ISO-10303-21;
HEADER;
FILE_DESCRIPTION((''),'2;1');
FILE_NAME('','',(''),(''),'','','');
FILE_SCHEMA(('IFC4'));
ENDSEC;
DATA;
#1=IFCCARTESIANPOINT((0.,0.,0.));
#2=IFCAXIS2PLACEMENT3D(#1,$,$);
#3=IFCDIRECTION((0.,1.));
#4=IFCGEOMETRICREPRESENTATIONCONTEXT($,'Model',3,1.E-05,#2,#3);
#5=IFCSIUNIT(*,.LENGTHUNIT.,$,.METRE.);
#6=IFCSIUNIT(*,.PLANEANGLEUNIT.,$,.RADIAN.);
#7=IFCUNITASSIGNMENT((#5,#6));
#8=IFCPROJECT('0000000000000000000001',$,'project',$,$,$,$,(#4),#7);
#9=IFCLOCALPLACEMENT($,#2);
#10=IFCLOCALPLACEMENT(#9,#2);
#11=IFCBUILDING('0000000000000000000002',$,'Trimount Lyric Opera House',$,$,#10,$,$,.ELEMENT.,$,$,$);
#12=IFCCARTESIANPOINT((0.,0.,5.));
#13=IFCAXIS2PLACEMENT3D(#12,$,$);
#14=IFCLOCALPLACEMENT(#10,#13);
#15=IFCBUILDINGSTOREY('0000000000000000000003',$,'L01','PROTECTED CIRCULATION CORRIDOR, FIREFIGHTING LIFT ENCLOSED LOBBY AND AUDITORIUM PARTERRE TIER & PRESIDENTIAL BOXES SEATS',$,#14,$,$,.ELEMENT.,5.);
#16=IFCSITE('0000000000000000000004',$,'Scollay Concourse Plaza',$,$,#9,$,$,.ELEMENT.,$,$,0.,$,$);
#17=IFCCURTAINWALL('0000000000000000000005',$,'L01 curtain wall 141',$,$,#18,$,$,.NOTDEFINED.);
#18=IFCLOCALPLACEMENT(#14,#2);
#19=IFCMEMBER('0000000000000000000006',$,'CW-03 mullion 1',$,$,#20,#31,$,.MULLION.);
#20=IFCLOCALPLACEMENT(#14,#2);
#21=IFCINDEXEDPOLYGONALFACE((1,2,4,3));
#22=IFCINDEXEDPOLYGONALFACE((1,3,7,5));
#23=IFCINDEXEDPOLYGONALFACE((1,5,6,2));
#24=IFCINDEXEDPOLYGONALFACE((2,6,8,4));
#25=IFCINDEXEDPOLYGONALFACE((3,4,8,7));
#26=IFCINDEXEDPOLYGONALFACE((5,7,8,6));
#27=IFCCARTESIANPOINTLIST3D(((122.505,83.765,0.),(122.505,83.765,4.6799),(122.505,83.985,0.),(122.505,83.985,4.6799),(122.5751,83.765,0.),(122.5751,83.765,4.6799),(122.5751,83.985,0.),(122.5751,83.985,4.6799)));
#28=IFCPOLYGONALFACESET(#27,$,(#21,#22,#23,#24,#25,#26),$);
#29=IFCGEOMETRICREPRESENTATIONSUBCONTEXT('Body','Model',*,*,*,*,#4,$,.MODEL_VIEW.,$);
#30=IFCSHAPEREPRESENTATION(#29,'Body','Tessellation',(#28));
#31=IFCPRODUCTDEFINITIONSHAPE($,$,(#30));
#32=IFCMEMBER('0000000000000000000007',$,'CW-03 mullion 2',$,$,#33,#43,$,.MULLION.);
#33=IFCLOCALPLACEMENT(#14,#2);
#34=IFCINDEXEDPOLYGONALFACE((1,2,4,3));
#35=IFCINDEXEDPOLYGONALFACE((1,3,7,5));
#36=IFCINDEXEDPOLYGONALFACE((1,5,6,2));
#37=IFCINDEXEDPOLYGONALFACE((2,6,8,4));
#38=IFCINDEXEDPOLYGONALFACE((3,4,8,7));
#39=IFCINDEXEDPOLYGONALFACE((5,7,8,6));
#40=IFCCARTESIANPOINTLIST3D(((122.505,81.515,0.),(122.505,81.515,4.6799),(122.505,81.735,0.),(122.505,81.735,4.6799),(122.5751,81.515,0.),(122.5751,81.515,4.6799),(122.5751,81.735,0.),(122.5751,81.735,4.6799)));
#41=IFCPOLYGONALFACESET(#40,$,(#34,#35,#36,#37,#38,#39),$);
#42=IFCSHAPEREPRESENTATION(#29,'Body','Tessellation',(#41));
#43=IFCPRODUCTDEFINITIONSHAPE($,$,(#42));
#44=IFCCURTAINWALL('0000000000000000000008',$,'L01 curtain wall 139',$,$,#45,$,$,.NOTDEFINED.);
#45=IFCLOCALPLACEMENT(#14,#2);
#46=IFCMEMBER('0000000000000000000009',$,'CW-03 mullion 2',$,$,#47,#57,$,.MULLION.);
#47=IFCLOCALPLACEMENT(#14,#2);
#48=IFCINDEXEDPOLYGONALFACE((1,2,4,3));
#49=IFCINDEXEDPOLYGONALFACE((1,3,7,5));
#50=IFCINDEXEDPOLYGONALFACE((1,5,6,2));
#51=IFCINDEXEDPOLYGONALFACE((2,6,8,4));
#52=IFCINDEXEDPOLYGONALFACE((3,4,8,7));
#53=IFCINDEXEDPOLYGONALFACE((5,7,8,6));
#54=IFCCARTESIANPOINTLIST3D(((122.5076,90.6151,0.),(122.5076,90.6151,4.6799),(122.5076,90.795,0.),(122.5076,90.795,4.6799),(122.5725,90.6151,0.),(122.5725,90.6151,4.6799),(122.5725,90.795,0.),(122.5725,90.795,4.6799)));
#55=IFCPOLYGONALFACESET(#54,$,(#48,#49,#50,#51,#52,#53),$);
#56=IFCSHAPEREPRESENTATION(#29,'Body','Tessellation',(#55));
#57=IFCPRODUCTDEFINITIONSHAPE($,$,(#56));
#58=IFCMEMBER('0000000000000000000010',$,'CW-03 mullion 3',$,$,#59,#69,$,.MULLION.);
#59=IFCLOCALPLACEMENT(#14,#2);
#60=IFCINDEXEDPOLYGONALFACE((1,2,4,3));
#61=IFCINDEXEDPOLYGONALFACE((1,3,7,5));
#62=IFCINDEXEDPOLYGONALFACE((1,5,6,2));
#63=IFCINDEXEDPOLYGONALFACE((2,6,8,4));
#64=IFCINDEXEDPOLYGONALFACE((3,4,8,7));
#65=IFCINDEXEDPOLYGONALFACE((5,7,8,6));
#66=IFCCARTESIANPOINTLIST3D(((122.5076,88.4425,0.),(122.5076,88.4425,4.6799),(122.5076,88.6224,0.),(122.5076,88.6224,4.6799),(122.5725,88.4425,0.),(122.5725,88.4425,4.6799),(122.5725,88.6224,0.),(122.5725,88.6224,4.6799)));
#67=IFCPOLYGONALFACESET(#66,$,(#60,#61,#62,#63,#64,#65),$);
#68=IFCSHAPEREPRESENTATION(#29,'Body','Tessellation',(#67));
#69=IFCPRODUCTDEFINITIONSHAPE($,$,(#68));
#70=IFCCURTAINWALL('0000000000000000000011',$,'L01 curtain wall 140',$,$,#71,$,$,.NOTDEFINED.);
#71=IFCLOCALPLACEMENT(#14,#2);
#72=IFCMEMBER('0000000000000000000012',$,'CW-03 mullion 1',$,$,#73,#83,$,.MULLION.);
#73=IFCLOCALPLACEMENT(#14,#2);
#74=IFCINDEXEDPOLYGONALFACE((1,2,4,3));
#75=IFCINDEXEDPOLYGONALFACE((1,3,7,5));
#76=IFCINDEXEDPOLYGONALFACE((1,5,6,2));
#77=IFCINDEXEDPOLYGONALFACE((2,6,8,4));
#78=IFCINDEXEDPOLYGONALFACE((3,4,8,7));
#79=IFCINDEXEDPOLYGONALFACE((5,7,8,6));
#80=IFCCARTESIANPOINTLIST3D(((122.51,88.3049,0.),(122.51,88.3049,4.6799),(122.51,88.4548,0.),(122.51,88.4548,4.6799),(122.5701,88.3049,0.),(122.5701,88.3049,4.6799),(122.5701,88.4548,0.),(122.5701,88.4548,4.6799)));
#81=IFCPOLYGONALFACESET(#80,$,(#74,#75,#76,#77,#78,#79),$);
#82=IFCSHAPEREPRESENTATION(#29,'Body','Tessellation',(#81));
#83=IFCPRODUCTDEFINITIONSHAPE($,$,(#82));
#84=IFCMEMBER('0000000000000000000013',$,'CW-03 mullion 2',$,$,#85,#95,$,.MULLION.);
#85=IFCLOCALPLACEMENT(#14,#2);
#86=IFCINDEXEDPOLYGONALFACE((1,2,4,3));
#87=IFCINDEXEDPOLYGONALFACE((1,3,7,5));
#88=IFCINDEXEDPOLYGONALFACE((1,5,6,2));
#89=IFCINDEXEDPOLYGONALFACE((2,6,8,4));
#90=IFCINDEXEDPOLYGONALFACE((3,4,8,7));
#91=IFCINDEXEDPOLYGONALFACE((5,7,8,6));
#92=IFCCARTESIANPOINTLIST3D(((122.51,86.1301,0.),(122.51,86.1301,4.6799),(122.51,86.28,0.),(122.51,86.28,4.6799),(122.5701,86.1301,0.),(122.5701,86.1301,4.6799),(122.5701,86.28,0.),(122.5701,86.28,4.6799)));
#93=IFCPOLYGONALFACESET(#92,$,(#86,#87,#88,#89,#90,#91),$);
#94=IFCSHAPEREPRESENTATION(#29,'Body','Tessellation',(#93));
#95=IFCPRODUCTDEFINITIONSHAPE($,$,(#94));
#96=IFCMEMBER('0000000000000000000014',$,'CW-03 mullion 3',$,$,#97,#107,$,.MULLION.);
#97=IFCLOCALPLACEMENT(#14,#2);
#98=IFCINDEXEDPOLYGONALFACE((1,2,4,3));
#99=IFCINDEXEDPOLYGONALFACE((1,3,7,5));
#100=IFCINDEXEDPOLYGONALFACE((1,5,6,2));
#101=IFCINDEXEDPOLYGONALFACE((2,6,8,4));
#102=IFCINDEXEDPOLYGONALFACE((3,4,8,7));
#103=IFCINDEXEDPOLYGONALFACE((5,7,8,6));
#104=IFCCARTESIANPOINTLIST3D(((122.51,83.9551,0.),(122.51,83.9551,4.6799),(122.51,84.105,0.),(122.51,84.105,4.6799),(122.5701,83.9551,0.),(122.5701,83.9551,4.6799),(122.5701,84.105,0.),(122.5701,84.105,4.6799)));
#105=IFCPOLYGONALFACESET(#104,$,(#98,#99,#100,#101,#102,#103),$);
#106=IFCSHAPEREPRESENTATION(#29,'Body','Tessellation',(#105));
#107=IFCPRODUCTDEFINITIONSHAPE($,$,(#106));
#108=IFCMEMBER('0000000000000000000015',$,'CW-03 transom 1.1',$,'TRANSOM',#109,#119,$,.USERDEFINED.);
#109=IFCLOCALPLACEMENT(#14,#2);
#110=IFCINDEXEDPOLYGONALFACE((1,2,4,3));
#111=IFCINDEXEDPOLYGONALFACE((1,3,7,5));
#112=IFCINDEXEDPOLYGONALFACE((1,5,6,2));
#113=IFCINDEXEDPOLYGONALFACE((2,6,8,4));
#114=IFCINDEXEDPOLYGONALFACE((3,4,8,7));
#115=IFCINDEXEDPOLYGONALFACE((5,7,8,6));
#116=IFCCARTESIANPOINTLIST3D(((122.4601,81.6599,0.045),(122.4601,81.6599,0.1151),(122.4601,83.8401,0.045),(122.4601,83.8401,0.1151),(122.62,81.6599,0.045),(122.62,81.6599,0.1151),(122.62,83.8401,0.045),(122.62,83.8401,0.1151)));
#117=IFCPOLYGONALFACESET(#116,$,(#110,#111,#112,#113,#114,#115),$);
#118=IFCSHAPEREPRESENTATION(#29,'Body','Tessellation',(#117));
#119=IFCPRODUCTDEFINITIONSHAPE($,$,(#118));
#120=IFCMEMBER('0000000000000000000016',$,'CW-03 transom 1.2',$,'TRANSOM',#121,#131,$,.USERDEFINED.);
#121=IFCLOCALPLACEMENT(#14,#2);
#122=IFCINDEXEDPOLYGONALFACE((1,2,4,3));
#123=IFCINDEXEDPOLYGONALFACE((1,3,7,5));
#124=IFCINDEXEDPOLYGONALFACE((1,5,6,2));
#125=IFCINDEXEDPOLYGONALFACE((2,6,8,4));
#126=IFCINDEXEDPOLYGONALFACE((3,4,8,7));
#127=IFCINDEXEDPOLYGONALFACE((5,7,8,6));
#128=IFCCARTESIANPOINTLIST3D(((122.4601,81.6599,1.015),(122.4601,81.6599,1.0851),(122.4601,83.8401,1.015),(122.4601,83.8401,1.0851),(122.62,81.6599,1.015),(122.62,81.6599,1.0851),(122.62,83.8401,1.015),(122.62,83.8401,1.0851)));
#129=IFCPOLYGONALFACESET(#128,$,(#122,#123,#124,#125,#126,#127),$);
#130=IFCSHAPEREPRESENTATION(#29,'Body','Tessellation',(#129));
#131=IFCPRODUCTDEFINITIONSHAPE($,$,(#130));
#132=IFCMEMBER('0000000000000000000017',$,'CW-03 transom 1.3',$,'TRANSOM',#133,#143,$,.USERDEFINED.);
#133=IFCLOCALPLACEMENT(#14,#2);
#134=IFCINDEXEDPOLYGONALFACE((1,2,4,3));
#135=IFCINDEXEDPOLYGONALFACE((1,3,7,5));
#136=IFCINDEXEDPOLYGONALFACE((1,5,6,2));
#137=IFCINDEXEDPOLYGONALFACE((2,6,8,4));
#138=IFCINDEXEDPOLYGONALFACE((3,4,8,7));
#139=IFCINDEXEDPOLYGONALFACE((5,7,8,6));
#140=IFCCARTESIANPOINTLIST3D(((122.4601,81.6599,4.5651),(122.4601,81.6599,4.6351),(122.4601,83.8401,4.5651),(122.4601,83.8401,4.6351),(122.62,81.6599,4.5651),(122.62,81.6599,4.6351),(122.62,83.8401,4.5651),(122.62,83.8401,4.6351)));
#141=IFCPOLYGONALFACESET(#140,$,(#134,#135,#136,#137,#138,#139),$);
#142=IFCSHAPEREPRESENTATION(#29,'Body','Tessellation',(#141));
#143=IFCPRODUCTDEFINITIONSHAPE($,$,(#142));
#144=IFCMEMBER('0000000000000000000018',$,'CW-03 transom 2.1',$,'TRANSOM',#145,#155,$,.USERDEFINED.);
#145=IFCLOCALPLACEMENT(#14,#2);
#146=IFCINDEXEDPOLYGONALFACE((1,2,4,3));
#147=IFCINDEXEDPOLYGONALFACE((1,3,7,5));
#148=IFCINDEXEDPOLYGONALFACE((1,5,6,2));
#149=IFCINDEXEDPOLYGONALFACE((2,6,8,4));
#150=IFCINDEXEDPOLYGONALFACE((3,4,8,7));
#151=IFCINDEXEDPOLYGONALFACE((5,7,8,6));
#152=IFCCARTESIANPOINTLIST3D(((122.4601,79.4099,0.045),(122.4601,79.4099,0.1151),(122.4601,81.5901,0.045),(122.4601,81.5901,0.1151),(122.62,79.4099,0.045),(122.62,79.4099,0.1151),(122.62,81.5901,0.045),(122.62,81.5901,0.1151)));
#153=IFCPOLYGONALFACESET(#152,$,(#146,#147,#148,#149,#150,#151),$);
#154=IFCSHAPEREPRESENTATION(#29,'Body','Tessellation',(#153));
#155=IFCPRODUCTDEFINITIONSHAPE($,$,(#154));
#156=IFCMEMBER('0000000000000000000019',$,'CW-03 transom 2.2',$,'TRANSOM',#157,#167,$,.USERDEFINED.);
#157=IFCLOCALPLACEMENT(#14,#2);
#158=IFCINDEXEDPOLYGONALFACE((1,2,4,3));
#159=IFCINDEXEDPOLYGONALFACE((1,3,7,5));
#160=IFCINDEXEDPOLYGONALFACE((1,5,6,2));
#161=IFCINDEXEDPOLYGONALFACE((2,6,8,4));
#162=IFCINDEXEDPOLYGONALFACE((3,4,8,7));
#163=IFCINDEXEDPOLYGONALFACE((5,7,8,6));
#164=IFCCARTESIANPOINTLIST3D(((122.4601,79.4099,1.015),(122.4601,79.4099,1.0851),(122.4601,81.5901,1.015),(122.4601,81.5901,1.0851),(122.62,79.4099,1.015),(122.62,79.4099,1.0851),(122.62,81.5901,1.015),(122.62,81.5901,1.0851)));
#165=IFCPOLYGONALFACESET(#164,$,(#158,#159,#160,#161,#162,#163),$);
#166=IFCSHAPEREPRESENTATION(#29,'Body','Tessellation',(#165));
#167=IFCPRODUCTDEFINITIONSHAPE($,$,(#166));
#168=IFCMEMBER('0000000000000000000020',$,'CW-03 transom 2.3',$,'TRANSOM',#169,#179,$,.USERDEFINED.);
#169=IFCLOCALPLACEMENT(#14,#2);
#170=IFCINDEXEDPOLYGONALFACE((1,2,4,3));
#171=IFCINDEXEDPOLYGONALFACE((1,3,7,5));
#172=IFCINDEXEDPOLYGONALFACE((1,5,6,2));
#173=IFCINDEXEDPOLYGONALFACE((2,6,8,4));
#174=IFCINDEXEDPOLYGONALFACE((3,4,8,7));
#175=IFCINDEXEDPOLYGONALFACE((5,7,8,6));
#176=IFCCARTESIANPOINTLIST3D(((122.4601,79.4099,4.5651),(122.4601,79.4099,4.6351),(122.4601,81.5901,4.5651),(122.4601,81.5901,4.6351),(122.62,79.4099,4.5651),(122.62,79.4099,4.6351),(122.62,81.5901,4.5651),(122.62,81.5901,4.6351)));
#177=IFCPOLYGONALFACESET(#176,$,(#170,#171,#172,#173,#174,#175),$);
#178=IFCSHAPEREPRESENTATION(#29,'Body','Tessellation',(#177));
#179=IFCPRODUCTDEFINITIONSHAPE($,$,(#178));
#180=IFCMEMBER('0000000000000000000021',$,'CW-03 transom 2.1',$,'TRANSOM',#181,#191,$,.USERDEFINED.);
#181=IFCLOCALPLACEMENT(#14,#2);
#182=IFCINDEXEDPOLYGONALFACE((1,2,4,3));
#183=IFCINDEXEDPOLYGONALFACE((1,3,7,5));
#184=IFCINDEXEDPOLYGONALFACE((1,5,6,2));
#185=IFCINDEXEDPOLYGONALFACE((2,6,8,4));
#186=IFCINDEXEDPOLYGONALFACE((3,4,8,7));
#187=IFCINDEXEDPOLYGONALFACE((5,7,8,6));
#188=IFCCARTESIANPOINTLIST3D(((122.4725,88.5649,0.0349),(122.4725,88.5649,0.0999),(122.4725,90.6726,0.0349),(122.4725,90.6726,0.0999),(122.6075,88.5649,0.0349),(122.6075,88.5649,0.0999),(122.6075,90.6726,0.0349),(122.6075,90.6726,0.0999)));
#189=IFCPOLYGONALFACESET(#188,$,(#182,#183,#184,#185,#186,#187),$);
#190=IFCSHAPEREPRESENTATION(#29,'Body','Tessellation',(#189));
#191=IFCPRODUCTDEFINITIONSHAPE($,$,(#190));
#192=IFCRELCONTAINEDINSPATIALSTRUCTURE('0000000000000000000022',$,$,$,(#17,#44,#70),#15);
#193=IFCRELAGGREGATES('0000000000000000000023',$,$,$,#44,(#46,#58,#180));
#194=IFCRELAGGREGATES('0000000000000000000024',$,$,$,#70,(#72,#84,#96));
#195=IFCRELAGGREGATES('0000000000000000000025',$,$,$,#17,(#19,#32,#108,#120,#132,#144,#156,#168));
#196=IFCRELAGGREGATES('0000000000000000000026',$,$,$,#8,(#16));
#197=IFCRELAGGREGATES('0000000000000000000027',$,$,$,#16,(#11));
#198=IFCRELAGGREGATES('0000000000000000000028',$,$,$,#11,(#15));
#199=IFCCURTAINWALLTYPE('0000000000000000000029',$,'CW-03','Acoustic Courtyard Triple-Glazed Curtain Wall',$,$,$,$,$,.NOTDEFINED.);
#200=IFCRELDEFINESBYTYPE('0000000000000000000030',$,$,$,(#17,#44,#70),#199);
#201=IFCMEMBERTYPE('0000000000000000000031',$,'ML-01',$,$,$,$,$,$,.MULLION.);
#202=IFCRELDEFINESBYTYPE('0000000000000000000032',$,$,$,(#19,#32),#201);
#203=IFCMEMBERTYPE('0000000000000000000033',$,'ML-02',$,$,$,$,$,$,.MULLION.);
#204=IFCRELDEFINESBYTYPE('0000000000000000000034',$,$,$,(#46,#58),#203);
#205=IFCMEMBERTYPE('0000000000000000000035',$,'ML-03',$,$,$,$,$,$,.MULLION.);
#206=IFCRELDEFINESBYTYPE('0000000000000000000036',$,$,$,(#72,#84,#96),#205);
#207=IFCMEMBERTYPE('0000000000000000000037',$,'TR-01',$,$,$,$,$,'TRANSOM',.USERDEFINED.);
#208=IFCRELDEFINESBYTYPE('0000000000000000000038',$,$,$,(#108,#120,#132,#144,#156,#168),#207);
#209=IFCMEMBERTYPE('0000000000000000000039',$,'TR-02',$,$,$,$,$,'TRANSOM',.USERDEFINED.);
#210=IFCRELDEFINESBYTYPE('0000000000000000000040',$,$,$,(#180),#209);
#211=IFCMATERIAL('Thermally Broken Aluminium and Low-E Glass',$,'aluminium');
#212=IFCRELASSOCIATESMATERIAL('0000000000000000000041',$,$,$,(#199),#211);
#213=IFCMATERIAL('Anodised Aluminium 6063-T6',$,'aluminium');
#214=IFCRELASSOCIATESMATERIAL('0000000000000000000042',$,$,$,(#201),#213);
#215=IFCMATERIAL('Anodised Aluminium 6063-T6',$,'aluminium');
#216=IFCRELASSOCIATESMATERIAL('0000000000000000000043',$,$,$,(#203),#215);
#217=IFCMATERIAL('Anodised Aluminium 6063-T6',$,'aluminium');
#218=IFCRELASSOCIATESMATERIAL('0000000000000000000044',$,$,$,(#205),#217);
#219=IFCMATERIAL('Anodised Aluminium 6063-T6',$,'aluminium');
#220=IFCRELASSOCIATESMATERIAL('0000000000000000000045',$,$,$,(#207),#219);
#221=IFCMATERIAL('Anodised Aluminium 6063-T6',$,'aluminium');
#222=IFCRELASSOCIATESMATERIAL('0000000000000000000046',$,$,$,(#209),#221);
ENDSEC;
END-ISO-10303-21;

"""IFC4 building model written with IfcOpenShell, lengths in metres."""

from ifc_helpers import new_model, si_unit, direction, frame, origin, origin_2d, place, context, subcontext, project, spatial, rectangle, extrude, material, material_profile, profile_set, type_object, element, aggregate, save


model = new_model("IFC4")

# Units and contexts
model_context = context("Model", 3, precision=1e-05, world=origin(), true_north=direction((0.0, 1.0)))
body_context = subcontext(model_context, "Body", "Model", "MODEL_VIEW")
ifc_project = project(units=[si_unit("LENGTHUNIT", "METRE"), si_unit("PLANEANGLEUNIT", "RADIAN")], contexts=[model_context])

# Site, building, storey
site_placement = place(None, origin())
site = spatial("IfcSite", under=ifc_project, at=site_placement, Name="Scollay Concourse Plaza", CompositionType="ELEMENT", RefElevation=0.0)
building_placement = place(site_placement, origin())
building = spatial("IfcBuilding", under=site, at=building_placement, Name="Trimount Lyric Opera House", CompositionType="ELEMENT")
storey_placement = place(building_placement, frame((0.0, 0.0, 5.0)))
storey = spatial("IfcBuildingStorey", under=building, at=storey_placement, Name="L01", Description="PROTECTED CIRCULATION CORRIDOR, FIREFIGHTING LIFT ENCLOSED LOBBY AND AUDITORIUM PARTERRE TIER & PRESIDENTIAL BOXES SEATS", CompositionType="ELEMENT", Elevation=5.0)

# Curtain walls, members
ifc_material_1 = material(Name="Thermally Broken Aluminium and Low-E Glass", Category="aluminium")
curtain_wall_type = type_object("IfcCurtainWallType", Name="CW-03", Description="Acoustic Courtyard Triple-Glazed Curtain Wall", PredefinedType="NOTDEFINED", material=ifc_material_1)
curtain_wall_1_placement = place(storey_placement, origin())
curtain_wall_1 = element("IfcCurtainWall", 1, at=curtain_wall_1_placement, inside=storey, type_object=curtain_wall_type, Name="L01 curtain wall 141", PredefinedType="NOTDEFINED")
ifc_material_2 = material(Name="Anodised Aluminium 6063-T6", Category="aluminium")
ifc_material_profile_1 = material_profile(ifc_material_2, rectangle(XDim=0.0701, YDim=0.22, at=origin_2d()), Name="ALU-MULL-70X220")
ifc_profile_set_1 = profile_set([ifc_material_profile_1], Name="Anodised Aluminium 6063-T6")
member_type_1 = type_object("IfcMemberType", Name="ML-01", PredefinedType="MULLION", material=ifc_profile_set_1)
member_1_placement = place(storey_placement, frame((122.54, 83.875, 0.0), z_axis=(0.0, 0.0, 1.0), x_axis=(1.0, 0.0, 0.0)))
member_1 = element("IfcMember", 2, at=member_1_placement, type_object=member_type_1, Name="CW-03 mullion 1", PredefinedType="MULLION", context=body_context, shape_type="SweptSolid", body=[
    extrude(rectangle(XDim=0.0701, YDim=0.22, at=origin_2d()), origin(), (0.0, 0.0, 1.0), 4.6799),
])
member_2_placement = place(storey_placement, frame((122.54, 81.625, 0.0), z_axis=(0.0, 0.0, 1.0), x_axis=(1.0, 0.0, 0.0)))
member_2 = element("IfcMember", 3, at=member_2_placement, type_object=member_type_1, Name="CW-03 mullion 2", PredefinedType="MULLION", context=body_context, shape_type="SweptSolid", body=[
    extrude(rectangle(XDim=0.0701, YDim=0.22, at=origin_2d()), origin(), (0.0, 0.0, 1.0), 4.6799),
])
curtain_wall_2_placement = place(storey_placement, origin())
curtain_wall_2 = element("IfcCurtainWall", 4, at=curtain_wall_2_placement, inside=storey, type_object=curtain_wall_type, Name="L01 curtain wall 139", PredefinedType="NOTDEFINED")
ifc_material_3 = material(Name="Anodised Aluminium 6063-T6", Category="aluminium")
ifc_material_profile_2 = material_profile(ifc_material_3, rectangle(XDim=0.0649, YDim=0.1799, at=origin_2d()), Name="ALU-MULL-65X180")
ifc_profile_set_2 = profile_set([ifc_material_profile_2], Name="Anodised Aluminium 6063-T6")
member_type_2 = type_object("IfcMemberType", Name="ML-02", PredefinedType="MULLION", material=ifc_profile_set_2)
member_3_placement = place(storey_placement, frame((122.54, 90.7051, 0.0), z_axis=(0.0, 0.0, 1.0), x_axis=(1.0, 0.0, 0.0)))
member_3 = element("IfcMember", 5, at=member_3_placement, type_object=member_type_2, Name="CW-03 mullion 2", PredefinedType="MULLION", context=body_context, shape_type="SweptSolid", body=[
    extrude(rectangle(XDim=0.0649, YDim=0.1799, at=origin_2d()), origin(), (0.0, 0.0, 1.0), 4.6799),
])
member_4_placement = place(storey_placement, frame((122.54, 88.5325, 0.0), z_axis=(0.0, 0.0, 1.0), x_axis=(1.0, 0.0, 0.0)))
member_4 = element("IfcMember", 6, at=member_4_placement, type_object=member_type_2, Name="CW-03 mullion 3", PredefinedType="MULLION", context=body_context, shape_type="SweptSolid", body=[
    extrude(rectangle(XDim=0.0649, YDim=0.1799, at=origin_2d()), origin(), (0.0, 0.0, 1.0), 4.6799),
])
curtain_wall_3_placement = place(storey_placement, origin())
curtain_wall_3 = element("IfcCurtainWall", 7, at=curtain_wall_3_placement, inside=storey, type_object=curtain_wall_type, Name="L01 curtain wall 140", PredefinedType="NOTDEFINED")
ifc_material_4 = material(Name="Anodised Aluminium 6063-T6", Category="aluminium")
ifc_material_profile_3 = material_profile(ifc_material_4, rectangle(XDim=0.0601, YDim=0.1499, at=origin_2d()), Name="ALU-MULL-60X150")
ifc_profile_set_3 = profile_set([ifc_material_profile_3], Name="Anodised Aluminium 6063-T6")
member_type_3 = type_object("IfcMemberType", Name="ML-03", PredefinedType="MULLION", material=ifc_profile_set_3)
member_5_placement = place(storey_placement, frame((122.54, 88.3799, 0.0), z_axis=(0.0, 0.0, 1.0), x_axis=(1.0, 0.0, 0.0)))
member_5 = element("IfcMember", 8, at=member_5_placement, type_object=member_type_3, Name="CW-03 mullion 1", PredefinedType="MULLION", context=body_context, shape_type="SweptSolid", body=[
    extrude(rectangle(XDim=0.0601, YDim=0.1499, at=origin_2d()), origin(), (0.0, 0.0, 1.0), 4.6799),
])
member_6_placement = place(storey_placement, frame((122.54, 86.2051, 0.0), z_axis=(0.0, 0.0, 1.0), x_axis=(1.0, 0.0, 0.0)))
member_6 = element("IfcMember", 9, at=member_6_placement, type_object=member_type_3, Name="CW-03 mullion 2", PredefinedType="MULLION", context=body_context, shape_type="SweptSolid", body=[
    extrude(rectangle(XDim=0.0601, YDim=0.1499, at=origin_2d()), origin(), (0.0, 0.0, 1.0), 4.6799),
])
member_7_placement = place(storey_placement, frame((122.54, 84.03, 0.0), z_axis=(0.0, 0.0, 1.0), x_axis=(1.0, 0.0, 0.0)))
member_7 = element("IfcMember", 10, at=member_7_placement, type_object=member_type_3, Name="CW-03 mullion 3", PredefinedType="MULLION", context=body_context, shape_type="SweptSolid", body=[
    extrude(rectangle(XDim=0.0601, YDim=0.1499, at=origin_2d()), origin(), (0.0, 0.0, 1.0), 4.6799),
])

# Members
ifc_material_5 = material(Name="Anodised Aluminium 6063-T6", Category="aluminium")
ifc_material_profile_4 = material_profile(ifc_material_5, rectangle(XDim=0.1599, YDim=0.0701, at=origin_2d()), Name="ALU-TRAN-70X160")
ifc_profile_set_4 = profile_set([ifc_material_profile_4], Name="Anodised Aluminium 6063-T6")
member_type_4 = type_object("IfcMemberType", Name="TR-01", ElementType="TRANSOM", PredefinedType="USERDEFINED", material=ifc_profile_set_4)
member_8_placement = place(storey_placement, frame((122.54, 83.8401, 0.0801), z_axis=(0.0, -1.0, 0.0), x_axis=(1.0, 0.0, 0.0)))
member_8 = element("IfcMember", 11, at=member_8_placement, type_object=member_type_4, Name="CW-03 transom 1.1", ObjectType="TRANSOM", PredefinedType="USERDEFINED", context=body_context, shape_type="SweptSolid", body=[
    extrude(rectangle(XDim=0.1599, YDim=0.0701, at=origin_2d()), origin(), (0.0, 0.0, 1.0), 2.1802),
])
member_9_placement = place(storey_placement, frame((122.54, 83.8401, 1.05), z_axis=(0.0, -1.0, 0.0), x_axis=(1.0, 0.0, 0.0)))
member_9 = element("IfcMember", 12, at=member_9_placement, type_object=member_type_4, Name="CW-03 transom 1.2", ObjectType="TRANSOM", PredefinedType="USERDEFINED", context=body_context, shape_type="SweptSolid", body=[
    extrude(rectangle(XDim=0.1599, YDim=0.0701, at=origin_2d()), origin(), (0.0, 0.0, 1.0), 2.1802),
])
member_10_placement = place(storey_placement, frame((122.54, 83.8401, 4.6001), z_axis=(0.0, -1.0, 0.0), x_axis=(1.0, 0.0, 0.0)))
member_10 = element("IfcMember", 13, at=member_10_placement, type_object=member_type_4, Name="CW-03 transom 1.3", ObjectType="TRANSOM", PredefinedType="USERDEFINED", context=body_context, shape_type="SweptSolid", body=[
    extrude(rectangle(XDim=0.1599, YDim=0.0701, at=origin_2d()), origin(), (0.0, 0.0, 1.0), 2.1802),
])
member_11_placement = place(storey_placement, frame((122.54, 81.5901, 0.0801), z_axis=(0.0, -1.0, 0.0), x_axis=(1.0, 0.0, 0.0)))
member_11 = element("IfcMember", 14, at=member_11_placement, type_object=member_type_4, Name="CW-03 transom 2.1", ObjectType="TRANSOM", PredefinedType="USERDEFINED", context=body_context, shape_type="SweptSolid", body=[
    extrude(rectangle(XDim=0.1599, YDim=0.0701, at=origin_2d()), origin(), (0.0, 0.0, 1.0), 2.1802),
])
member_12_placement = place(storey_placement, frame((122.54, 81.5901, 1.05), z_axis=(0.0, -1.0, 0.0), x_axis=(1.0, 0.0, 0.0)))
member_12 = element("IfcMember", 15, at=member_12_placement, type_object=member_type_4, Name="CW-03 transom 2.2", ObjectType="TRANSOM", PredefinedType="USERDEFINED", context=body_context, shape_type="SweptSolid", body=[
    extrude(rectangle(XDim=0.1599, YDim=0.0701, at=origin_2d()), origin(), (0.0, 0.0, 1.0), 2.1802),
])
member_13_placement = place(storey_placement, frame((122.54, 81.5901, 4.6001), z_axis=(0.0, -1.0, 0.0), x_axis=(1.0, 0.0, 0.0)))
member_13 = element("IfcMember", 16, at=member_13_placement, type_object=member_type_4, Name="CW-03 transom 2.3", ObjectType="TRANSOM", PredefinedType="USERDEFINED", context=body_context, shape_type="SweptSolid", body=[
    extrude(rectangle(XDim=0.1599, YDim=0.0701, at=origin_2d()), origin(), (0.0, 0.0, 1.0), 2.1802),
])
ifc_material_6 = material(Name="Anodised Aluminium 6063-T6", Category="aluminium")
ifc_material_profile_5 = material_profile(ifc_material_6, rectangle(XDim=0.135, YDim=0.0649, at=origin_2d()), Name="ALU-TRAN-65X135")
ifc_profile_set_5 = profile_set([ifc_material_profile_5], Name="Anodised Aluminium 6063-T6")
member_type_5 = type_object("IfcMemberType", Name="TR-02", ElementType="TRANSOM", PredefinedType="USERDEFINED", material=ifc_profile_set_5)
member_14_placement = place(storey_placement, frame((122.54, 90.6726, 0.0674), z_axis=(0.0, -1.0, 0.0), x_axis=(1.0, 0.0, 0.0)))
member_14 = element("IfcMember", 17, at=member_14_placement, type_object=member_type_5, Name="CW-03 transom 2.1", ObjectType="TRANSOM", PredefinedType="USERDEFINED", context=body_context, shape_type="SweptSolid", body=[
    extrude(rectangle(XDim=0.135, YDim=0.0649, at=origin_2d()), origin(), (0.0, 0.0, 1.0), 2.1077),
])

aggregate(curtain_wall_2, [member_3, member_4, member_14])
aggregate(curtain_wall_3, [member_5, member_6, member_7])
aggregate(curtain_wall_1, [member_1, member_2, member_8, member_9, member_10, member_11, member_12, member_13])

save(model, "model.ifc")
